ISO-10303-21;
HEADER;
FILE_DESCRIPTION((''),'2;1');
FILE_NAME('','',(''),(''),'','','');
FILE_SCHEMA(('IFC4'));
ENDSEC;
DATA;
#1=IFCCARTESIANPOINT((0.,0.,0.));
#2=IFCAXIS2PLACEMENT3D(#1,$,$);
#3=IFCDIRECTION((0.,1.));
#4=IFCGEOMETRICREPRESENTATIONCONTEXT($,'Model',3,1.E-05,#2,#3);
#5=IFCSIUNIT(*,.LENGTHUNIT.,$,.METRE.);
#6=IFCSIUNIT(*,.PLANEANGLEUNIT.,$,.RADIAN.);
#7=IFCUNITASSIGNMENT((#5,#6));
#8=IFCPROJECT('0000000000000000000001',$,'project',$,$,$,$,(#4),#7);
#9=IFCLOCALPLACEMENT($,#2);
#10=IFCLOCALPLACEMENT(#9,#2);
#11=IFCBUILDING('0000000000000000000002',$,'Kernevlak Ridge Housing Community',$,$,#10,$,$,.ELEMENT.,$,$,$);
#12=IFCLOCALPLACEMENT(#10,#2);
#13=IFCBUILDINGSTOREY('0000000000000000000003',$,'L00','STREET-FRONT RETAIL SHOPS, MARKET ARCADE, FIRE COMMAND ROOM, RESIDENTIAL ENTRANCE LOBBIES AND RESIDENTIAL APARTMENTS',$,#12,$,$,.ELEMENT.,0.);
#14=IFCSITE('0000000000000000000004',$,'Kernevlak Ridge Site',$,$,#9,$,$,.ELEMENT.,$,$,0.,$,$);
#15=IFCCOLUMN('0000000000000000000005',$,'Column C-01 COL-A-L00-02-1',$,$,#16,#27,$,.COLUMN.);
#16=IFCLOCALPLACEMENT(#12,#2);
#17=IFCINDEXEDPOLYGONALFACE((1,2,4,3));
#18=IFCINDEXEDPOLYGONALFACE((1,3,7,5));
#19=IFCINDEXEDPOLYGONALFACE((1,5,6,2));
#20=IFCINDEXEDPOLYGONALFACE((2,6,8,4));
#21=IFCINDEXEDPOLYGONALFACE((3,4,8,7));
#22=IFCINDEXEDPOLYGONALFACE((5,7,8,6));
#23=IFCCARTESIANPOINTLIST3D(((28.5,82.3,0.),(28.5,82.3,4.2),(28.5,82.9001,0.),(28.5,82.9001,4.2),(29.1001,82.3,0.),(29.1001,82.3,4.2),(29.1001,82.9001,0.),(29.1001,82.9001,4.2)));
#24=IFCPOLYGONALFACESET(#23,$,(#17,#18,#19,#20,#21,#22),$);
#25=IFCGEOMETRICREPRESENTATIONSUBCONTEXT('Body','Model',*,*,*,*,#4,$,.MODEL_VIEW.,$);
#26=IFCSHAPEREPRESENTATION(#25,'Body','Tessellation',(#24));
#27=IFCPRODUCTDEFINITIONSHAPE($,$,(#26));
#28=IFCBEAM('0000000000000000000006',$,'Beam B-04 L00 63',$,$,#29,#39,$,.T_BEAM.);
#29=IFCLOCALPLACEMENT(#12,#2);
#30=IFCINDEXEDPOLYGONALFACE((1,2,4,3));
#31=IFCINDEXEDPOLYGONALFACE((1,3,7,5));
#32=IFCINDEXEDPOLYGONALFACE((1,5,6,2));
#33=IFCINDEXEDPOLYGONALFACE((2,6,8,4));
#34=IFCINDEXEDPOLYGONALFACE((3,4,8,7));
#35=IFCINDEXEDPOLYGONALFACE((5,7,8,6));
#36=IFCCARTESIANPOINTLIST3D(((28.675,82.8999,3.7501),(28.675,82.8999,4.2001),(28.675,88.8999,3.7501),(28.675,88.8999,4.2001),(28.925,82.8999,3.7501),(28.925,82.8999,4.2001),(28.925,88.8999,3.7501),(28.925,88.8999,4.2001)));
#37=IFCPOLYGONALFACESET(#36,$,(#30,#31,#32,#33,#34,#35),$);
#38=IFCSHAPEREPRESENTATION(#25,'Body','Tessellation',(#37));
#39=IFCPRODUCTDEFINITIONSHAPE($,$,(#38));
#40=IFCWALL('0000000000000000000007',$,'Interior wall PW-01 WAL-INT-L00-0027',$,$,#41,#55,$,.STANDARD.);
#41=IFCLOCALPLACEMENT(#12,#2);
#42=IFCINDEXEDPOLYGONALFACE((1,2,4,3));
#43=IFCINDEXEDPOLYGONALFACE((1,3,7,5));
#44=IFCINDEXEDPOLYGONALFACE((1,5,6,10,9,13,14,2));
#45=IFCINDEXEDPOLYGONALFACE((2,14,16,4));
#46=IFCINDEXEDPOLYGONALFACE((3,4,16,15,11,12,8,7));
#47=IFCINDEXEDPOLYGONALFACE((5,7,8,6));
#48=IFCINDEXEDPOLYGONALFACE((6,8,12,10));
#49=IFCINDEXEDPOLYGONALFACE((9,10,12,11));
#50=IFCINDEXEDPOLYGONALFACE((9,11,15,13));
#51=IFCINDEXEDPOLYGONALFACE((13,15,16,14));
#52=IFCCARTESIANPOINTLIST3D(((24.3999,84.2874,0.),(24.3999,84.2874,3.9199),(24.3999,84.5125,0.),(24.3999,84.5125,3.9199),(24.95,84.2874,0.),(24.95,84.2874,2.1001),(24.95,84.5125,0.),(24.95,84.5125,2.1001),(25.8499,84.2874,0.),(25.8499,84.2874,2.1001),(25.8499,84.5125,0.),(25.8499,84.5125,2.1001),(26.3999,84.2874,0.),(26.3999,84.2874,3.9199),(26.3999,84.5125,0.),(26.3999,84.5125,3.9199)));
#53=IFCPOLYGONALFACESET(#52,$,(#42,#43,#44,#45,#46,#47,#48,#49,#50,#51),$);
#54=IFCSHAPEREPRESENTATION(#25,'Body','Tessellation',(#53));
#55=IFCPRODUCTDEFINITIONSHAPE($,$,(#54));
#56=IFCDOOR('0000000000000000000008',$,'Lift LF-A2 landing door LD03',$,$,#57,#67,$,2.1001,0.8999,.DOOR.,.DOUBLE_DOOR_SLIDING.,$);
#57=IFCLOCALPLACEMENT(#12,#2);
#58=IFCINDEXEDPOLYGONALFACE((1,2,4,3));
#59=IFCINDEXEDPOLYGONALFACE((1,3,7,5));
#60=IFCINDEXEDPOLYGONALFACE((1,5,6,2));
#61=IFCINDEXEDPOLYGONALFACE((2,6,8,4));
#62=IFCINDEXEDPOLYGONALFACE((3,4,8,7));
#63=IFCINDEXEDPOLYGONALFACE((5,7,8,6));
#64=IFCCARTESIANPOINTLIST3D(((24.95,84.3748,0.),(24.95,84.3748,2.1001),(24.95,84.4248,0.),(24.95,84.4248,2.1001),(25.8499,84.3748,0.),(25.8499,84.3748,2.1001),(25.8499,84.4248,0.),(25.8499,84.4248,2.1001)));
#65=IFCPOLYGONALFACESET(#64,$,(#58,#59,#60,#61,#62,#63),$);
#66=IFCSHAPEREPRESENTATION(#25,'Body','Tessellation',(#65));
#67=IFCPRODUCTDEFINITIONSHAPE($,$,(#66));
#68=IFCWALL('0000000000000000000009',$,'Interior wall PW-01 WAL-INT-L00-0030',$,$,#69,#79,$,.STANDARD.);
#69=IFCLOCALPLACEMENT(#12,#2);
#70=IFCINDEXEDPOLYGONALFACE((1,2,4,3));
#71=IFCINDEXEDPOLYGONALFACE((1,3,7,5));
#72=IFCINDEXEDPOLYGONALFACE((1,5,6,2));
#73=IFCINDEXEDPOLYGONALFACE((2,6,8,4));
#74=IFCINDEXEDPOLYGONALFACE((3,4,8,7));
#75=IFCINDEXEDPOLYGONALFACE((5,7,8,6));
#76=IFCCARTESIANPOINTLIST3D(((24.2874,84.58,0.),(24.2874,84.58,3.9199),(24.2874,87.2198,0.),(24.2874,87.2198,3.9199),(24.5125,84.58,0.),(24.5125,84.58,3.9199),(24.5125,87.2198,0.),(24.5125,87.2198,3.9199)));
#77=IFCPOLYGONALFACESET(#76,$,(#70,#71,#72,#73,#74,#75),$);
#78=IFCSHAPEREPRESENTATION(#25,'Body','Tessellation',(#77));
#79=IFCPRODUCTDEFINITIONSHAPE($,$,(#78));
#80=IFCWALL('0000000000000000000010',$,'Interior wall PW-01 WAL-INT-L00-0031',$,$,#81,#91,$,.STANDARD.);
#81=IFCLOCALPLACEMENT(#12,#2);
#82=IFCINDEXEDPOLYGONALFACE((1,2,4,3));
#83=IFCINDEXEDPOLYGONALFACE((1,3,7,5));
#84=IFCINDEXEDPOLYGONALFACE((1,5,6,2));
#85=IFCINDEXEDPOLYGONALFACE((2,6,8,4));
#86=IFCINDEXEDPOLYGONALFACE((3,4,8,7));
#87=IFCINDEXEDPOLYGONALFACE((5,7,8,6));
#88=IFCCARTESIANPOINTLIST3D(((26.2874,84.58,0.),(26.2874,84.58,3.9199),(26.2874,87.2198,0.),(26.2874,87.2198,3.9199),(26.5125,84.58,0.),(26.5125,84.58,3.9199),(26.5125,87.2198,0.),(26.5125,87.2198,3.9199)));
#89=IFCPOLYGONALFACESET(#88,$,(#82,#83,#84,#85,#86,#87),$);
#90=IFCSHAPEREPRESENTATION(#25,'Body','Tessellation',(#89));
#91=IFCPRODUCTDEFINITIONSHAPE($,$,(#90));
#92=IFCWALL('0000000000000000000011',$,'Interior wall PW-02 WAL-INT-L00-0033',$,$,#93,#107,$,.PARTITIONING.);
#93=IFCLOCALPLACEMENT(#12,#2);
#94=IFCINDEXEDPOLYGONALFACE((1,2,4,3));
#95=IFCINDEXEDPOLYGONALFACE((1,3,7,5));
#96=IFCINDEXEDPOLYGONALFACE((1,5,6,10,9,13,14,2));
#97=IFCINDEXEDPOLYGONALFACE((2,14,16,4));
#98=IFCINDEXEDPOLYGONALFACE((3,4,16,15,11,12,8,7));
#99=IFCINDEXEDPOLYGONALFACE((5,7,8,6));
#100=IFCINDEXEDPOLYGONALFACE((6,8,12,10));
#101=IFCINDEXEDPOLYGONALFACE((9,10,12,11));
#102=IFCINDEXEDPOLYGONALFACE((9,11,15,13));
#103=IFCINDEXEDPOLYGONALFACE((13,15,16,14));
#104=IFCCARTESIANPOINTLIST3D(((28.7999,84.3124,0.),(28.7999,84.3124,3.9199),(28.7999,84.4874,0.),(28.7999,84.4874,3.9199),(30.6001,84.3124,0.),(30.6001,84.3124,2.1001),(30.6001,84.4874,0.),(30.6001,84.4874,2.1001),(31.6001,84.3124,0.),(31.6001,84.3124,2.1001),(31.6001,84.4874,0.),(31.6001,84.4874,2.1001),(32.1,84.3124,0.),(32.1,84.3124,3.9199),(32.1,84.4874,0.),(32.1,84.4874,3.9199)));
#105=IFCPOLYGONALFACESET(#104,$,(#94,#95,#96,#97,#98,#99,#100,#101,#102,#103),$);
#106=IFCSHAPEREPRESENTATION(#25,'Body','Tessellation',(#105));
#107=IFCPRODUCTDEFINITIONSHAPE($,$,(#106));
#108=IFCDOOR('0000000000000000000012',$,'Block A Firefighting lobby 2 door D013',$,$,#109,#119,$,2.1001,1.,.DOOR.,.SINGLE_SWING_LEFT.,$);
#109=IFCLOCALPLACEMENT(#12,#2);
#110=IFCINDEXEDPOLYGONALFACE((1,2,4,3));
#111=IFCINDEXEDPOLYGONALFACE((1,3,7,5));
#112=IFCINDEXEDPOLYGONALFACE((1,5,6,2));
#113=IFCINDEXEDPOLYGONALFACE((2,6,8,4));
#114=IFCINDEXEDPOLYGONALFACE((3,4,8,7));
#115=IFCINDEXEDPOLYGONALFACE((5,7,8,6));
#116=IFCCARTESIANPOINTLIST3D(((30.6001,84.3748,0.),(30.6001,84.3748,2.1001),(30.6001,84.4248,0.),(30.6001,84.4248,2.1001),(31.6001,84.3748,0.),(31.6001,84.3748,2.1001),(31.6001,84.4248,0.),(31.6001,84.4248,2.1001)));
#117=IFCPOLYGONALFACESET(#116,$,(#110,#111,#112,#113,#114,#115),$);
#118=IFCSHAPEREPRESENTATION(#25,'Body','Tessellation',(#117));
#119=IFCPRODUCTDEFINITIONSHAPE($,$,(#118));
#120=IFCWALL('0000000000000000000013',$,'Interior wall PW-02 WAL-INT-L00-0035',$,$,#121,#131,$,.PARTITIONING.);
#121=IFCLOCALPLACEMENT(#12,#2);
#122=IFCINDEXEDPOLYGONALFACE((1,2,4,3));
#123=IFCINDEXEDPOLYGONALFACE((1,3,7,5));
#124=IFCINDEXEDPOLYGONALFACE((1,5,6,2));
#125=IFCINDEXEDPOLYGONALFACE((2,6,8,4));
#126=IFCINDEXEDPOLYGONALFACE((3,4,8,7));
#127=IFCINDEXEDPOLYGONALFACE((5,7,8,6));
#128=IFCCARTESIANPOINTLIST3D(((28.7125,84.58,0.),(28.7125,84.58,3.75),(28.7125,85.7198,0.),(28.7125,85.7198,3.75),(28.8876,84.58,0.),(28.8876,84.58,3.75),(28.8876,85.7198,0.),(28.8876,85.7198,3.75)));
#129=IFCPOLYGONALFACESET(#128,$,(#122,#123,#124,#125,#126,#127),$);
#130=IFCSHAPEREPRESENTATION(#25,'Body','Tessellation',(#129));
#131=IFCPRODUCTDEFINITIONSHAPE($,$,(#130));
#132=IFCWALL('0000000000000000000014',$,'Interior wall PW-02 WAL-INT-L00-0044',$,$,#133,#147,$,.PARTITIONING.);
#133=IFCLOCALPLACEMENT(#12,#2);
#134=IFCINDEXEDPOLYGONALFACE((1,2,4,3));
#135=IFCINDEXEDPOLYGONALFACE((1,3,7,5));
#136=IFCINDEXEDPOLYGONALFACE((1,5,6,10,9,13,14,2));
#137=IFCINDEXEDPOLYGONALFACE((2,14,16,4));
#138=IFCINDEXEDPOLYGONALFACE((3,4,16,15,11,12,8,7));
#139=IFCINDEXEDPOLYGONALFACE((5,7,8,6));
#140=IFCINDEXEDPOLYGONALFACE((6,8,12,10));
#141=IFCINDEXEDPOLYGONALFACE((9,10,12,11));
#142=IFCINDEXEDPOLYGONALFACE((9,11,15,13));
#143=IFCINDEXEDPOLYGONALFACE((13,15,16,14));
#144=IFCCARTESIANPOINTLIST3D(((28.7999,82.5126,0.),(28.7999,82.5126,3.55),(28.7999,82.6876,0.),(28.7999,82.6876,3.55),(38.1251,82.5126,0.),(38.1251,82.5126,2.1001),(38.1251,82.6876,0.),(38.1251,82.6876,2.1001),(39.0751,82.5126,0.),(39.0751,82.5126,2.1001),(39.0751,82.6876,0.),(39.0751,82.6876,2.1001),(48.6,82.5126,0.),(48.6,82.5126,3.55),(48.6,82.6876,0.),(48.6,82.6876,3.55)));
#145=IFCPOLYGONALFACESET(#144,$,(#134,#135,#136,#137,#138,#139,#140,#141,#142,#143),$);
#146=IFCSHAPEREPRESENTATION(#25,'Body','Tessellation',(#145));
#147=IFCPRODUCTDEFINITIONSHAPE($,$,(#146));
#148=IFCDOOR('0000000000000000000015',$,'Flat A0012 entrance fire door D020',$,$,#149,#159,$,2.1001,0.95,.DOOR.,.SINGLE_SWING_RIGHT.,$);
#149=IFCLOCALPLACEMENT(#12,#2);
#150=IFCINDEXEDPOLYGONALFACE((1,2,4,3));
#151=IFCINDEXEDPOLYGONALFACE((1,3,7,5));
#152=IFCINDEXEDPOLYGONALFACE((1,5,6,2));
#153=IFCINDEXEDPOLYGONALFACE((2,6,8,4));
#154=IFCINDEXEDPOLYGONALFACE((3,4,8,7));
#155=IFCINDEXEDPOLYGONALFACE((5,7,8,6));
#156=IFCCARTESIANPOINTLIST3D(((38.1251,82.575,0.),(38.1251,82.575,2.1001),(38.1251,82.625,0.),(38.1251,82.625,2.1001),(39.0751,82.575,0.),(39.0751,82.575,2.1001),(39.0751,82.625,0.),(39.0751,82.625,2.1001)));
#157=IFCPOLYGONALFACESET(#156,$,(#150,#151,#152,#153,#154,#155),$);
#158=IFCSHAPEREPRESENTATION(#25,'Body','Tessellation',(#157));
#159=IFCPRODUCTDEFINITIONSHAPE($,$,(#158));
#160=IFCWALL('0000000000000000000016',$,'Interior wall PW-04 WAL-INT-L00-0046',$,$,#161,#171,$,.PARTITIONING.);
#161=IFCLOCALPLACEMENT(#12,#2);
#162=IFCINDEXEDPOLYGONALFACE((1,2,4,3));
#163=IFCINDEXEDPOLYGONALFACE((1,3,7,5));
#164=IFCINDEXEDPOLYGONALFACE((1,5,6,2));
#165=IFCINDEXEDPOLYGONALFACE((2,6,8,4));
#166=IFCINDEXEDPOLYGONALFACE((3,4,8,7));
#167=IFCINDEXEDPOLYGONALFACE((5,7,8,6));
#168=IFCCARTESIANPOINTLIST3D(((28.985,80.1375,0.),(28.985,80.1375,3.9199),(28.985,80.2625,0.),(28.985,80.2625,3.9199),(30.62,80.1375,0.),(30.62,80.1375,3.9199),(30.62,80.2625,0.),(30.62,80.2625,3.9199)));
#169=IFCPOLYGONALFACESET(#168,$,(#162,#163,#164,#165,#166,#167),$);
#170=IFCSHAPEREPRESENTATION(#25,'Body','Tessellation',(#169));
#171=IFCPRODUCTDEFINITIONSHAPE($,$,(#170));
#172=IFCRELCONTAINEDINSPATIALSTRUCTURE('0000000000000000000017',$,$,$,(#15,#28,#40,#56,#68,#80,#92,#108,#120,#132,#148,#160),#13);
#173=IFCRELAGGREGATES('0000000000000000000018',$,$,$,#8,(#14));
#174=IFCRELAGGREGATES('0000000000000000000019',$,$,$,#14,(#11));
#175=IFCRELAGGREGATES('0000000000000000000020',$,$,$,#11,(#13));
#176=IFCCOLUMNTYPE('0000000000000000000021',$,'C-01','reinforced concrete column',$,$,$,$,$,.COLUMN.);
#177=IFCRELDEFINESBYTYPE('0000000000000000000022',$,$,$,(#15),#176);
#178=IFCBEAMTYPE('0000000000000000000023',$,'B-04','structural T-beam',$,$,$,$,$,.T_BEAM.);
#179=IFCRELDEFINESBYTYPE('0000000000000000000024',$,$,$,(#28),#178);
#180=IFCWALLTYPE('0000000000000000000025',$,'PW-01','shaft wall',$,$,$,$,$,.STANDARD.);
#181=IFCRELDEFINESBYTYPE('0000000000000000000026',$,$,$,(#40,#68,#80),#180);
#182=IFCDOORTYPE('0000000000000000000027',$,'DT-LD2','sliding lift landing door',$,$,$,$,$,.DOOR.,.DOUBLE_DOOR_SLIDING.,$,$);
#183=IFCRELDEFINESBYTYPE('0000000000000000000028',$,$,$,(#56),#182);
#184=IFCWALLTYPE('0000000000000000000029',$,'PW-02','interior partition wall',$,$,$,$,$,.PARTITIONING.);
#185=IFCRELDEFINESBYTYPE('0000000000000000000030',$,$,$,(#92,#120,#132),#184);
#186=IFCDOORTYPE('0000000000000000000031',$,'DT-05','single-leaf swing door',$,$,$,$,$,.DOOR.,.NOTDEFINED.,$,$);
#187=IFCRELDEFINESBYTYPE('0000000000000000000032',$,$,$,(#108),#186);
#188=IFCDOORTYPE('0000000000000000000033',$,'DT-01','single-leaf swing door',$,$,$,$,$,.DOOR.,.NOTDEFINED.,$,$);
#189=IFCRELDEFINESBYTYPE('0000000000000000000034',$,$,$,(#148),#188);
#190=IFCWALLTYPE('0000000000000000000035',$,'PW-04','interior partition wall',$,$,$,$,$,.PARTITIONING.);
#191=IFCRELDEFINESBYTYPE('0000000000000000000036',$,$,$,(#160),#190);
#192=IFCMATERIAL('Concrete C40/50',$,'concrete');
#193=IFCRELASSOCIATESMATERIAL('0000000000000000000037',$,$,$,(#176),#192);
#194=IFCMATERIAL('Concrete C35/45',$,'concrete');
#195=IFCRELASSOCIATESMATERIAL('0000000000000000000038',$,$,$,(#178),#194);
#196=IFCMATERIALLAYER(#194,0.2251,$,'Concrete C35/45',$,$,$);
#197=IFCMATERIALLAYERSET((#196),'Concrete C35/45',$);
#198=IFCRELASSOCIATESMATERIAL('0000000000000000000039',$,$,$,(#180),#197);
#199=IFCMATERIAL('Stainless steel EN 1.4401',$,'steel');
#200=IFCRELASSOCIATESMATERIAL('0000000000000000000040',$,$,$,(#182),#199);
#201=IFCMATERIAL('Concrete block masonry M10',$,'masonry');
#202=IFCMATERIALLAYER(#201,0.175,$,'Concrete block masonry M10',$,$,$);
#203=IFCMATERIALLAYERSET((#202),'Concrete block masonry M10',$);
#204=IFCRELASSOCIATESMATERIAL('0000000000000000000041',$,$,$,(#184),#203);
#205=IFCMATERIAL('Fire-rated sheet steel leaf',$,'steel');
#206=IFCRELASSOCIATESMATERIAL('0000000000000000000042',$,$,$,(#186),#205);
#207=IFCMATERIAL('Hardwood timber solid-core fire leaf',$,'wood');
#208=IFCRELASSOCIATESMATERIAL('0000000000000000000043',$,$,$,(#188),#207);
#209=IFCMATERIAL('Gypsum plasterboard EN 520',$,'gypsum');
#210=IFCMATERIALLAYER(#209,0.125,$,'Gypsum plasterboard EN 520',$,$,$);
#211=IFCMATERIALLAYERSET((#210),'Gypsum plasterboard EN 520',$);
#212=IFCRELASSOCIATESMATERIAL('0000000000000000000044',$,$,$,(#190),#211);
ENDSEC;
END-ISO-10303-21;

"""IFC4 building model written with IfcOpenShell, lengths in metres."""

from ifc_helpers import new_model, si_unit, direction, frame, frame_2d, origin, origin_2d, place, context, subcontext, project, spatial, rectangle, extrude, material, layer, layer_set, material_profile, profile_set, type_object, element, fill, save


model = new_model("IFC4")

# Units and contexts
model_context = context("Model", 3, precision=1e-05, world=origin(), true_north=direction((0.0, 1.0)))
body_context = subcontext(model_context, "Body", "Model", "MODEL_VIEW")
ifc_project = project(units=[si_unit("LENGTHUNIT", "METRE"), si_unit("PLANEANGLEUNIT", "RADIAN")], contexts=[model_context])

# Site, building, storey
site_placement = place(None, origin())
site = spatial("IfcSite", under=ifc_project, at=site_placement, Name="Kernevlak Ridge Site", CompositionType="ELEMENT", RefElevation=0.0)
building_placement = place(site_placement, origin())
building = spatial("IfcBuilding", under=site, at=building_placement, Name="Kernevlak Ridge Housing Community", CompositionType="ELEMENT")
storey_placement = place(building_placement, origin())
storey = spatial("IfcBuildingStorey", under=building, at=storey_placement, Name="L00", Description="STREET-FRONT RETAIL SHOPS, MARKET ARCADE, FIRE COMMAND ROOM, RESIDENTIAL ENTRANCE LOBBIES AND RESIDENTIAL APARTMENTS", CompositionType="ELEMENT", Elevation=0.0)

# Column
ifc_material_1 = material(Name="Concrete C40/50", Category="concrete")
ifc_material_profile_1 = material_profile(ifc_material_1, rectangle(XDim=0.6001, YDim=0.6001, at=origin_2d()), Name="RC 600x600")
ifc_profile_set_1 = profile_set([ifc_material_profile_1], Name="Concrete C40/50")
column_type = type_object("IfcColumnType", Name="C-01", Description="reinforced concrete column", PredefinedType="COLUMN", material=ifc_profile_set_1)
column_placement = place(storey_placement, frame((28.8, 82.6001, 0.0), z_axis=(0.0, 0.0, 1.0), x_axis=(1.0, 0.0, 0.0)))
element("IfcColumn", 1, at=column_placement, inside=storey, type_object=column_type, Name="Column C-01 COL-A-L00-02-1", PredefinedType="COLUMN", context=body_context, shape_type="SweptSolid", body=[
    extrude(rectangle(XDim=0.6001, YDim=0.6001, at=origin_2d()), origin(), (0.0, 0.0, 1.0), 4.2),
])

# Beam
ifc_material_2 = material(Name="Concrete C35/45", Category="concrete")
ifc_material_profile_2 = material_profile(ifc_material_2, rectangle(XDim=0.25, YDim=0.45, at=origin_2d()), Name="RC 250x450")
ifc_profile_set_2 = profile_set([ifc_material_profile_2], Name="Concrete C35/45")
beam_type = type_object("IfcBeamType", Name="B-04", Description="structural T-beam", PredefinedType="T_BEAM", material=ifc_profile_set_2)
beam_placement = place(storey_placement, frame((28.8, 82.8999, 3.9751), z_axis=(0.0, 1.0, 0.0), x_axis=(-1.0, 0.0, 0.0)))
element("IfcBeam", 2, at=beam_placement, inside=storey, type_object=beam_type, Name="Beam B-04 L00 63", PredefinedType="T_BEAM", context=body_context, shape_type="SweptSolid", body=[
    extrude(rectangle(XDim=0.25, YDim=0.45, at=origin_2d()), origin(), (0.0, 0.0, 1.0), 6.0),
])

# Wall, opening, door
ifc_layer_1 = layer(ifc_material_2, 0.2251, Name="Concrete C35/45")
ifc_layer_set_1 = layer_set([ifc_layer_1], Name="Concrete C35/45")
wall_type_1 = type_object("IfcWallType", Name="PW-01", Description="shaft wall", PredefinedType="STANDARD", material=ifc_layer_set_1)
wall_1_placement = place(storey_placement, frame((24.3999, 84.3999, 0.0), z_axis=(0.0, 0.0, 1.0), x_axis=(1.0, 0.0, 0.0)))
wall_1 = element("IfcWall", 3, at=wall_1_placement, inside=storey, type_object=wall_type_1, Name="Interior wall PW-01 WAL-INT-L00-0027", PredefinedType="STANDARD", context=body_context, shape_type="SweptSolid", body=[
    extrude(rectangle(XDim=2.0, YDim=0.2251, at=frame_2d((1.0, 0.0))), origin(), (0.0, 0.0, 1.0), 3.9199),
])
opening_1_placement = place(wall_1_placement, frame((0.55, 0.0, 0.0)))
opening_1 = element("IfcOpeningElement", 4, at=opening_1_placement, cuts=wall_1, PredefinedType="OPENING", context=body_context, shape_type="SweptSolid", body=[
    extrude(rectangle(XDim=0.8999, YDim=2.1001, at=frame_2d((0.45, 1.05))), frame((0.0, 0.1226, 0.0), z_axis=(0.0, -1.0, 0.0), x_axis=(1.0, 0.0, 0.0)), (0.0, 0.0, 1.0), 0.2451),
])
ifc_material_3 = material(Name="Stainless steel EN 1.4401", Category="steel")
door_type_1 = type_object("IfcDoorType", Name="DT-LD2", Description="sliding lift landing door", OperationType="DOUBLE_DOOR_SLIDING", PredefinedType="DOOR", material=ifc_material_3)
door_1_placement = place(opening_1_placement, origin())
door_1 = element("IfcDoor", 5, at=door_1_placement, inside=storey, type_object=door_type_1, Name="Lift LF-A2 landing door LD03", OperationType="DOUBLE_DOOR_SLIDING", OverallHeight=2.1001, OverallWidth=0.8999, PredefinedType="DOOR", context=body_context, shape_type="SweptSolid", body=[
    extrude(rectangle(XDim=0.8999, YDim=2.1001, at=frame_2d((0.45, 1.05))), frame((0.0, 0.0249, 0.0), z_axis=(0.0, -1.0, 0.0), x_axis=(1.0, 0.0, 0.0)), (0.0, 0.0, 1.0), 0.05),
])
fill(opening_1, door_1)

# Walls
for number, where, z_axis, x_axis, name in (
    (6, (24.3999, 84.5801, 0.0), (0.0, 0.0, 1.0), (0.0, 1.0, 0.0), "Interior wall PW-01 WAL-INT-L00-0030"),
    (7, (26.3999, 84.5801, 0.0), (0.0, 0.0, 1.0), (0.0, 1.0, 0.0), "Interior wall PW-01 WAL-INT-L00-0031"),
):
    element("IfcWall", number, at=place(storey_placement, frame(where, z_axis=z_axis, x_axis=x_axis)), inside=storey, type_object=wall_type_1, Name=name, PredefinedType="STANDARD", context=body_context, shape_type="SweptSolid", body=[
        extrude(rectangle(XDim=2.6399, YDim=0.2251, at=frame_2d((1.3198, 0.0))), origin(), (0.0, 0.0, 1.0), 3.9199),
    ])

# Wall, opening, door
ifc_material_4 = material(Name="Fire-rated sheet steel leaf", Category="steel")
ifc_material_5 = material(Name="Concrete block masonry M10", Category="masonry")
ifc_layer_2 = layer(ifc_material_5, 0.175, Name="Concrete block masonry M10")
ifc_layer_set_2 = layer_set([ifc_layer_2], Name="Concrete block masonry M10")
wall_type_2 = type_object("IfcWallType", Name="PW-02", Description="interior partition wall", PredefinedType="PARTITIONING", material=ifc_layer_set_2)
wall_2_placement = place(storey_placement, frame((28.8, 84.3999, 0.0), z_axis=(0.0, 0.0, 1.0), x_axis=(1.0, 0.0, 0.0)))
wall_2 = element("IfcWall", 8, at=wall_2_placement, inside=storey, type_object=wall_type_2, Name="Interior wall PW-02 WAL-INT-L00-0033", PredefinedType="PARTITIONING", context=body_context, shape_type="SweptSolid", body=[
    extrude(rectangle(XDim=3.3, YDim=0.175, at=frame_2d((1.6499, 0.0))), origin(), (0.0, 0.0, 1.0), 3.9199),
])
opening_2_placement = place(wall_2_placement, frame((1.8, 0.0, 0.0)))
opening_2 = element("IfcOpeningElement", 9, at=opening_2_placement, cuts=wall_2, PredefinedType="OPENING", context=body_context, shape_type="SweptSolid", body=[
    extrude(rectangle(XDim=1.0, YDim=2.1001, at=frame_2d((0.5, 1.05))), frame((0.0, 0.0974, 0.0), z_axis=(0.0, -1.0, 0.0), x_axis=(1.0, 0.0, 0.0)), (0.0, 0.0, 1.0), 0.1951),
])
door_type_2 = type_object("IfcDoorType", Name="DT-05", Description="single-leaf swing door", OperationType="NOTDEFINED", PredefinedType="DOOR", material=ifc_material_4)
door_2_placement = place(opening_2_placement, origin())
door_2 = element("IfcDoor", 10, at=door_2_placement, inside=storey, type_object=door_type_2, Name="Block A Firefighting lobby 2 door D013", OperationType="SINGLE_SWING_LEFT", OverallHeight=2.1001, OverallWidth=1.0, PredefinedType="DOOR", context=body_context, shape_type="SweptSolid", body=[
    extrude(rectangle(XDim=1.0, YDim=2.1001, at=frame_2d((0.5, 1.05))), frame((0.0, 0.0249, 0.0), z_axis=(0.0, -1.0, 0.0), x_axis=(1.0, 0.0, 0.0)), (0.0, 0.0, 1.0), 0.05),
])
fill(opening_2, door_2)

# Wall
wall_3_placement = place(storey_placement, frame((28.8, 84.5801, 0.0), z_axis=(0.0, 0.0, 1.0), x_axis=(0.0, 1.0, 0.0)))
element("IfcWall", 11, at=wall_3_placement, inside=storey, type_object=wall_type_2, Name="Interior wall PW-02 WAL-INT-L00-0035", PredefinedType="PARTITIONING", context=body_context, shape_type="SweptSolid", body=[
    extrude(rectangle(XDim=1.1399, YDim=0.175, at=frame_2d((0.5698, 0.0))), origin(), (0.0, 0.0, 1.0), 3.75),
])

# Wall, opening, door
wall_4_placement = place(storey_placement, frame((28.8, 82.6001, 0.0), z_axis=(0.0, 0.0, 1.0), x_axis=(1.0, 0.0, 0.0)))
wall_4 = element("IfcWall", 12, at=wall_4_placement, inside=storey, type_object=wall_type_2, Name="Interior wall PW-02 WAL-INT-L00-0044", PredefinedType="PARTITIONING", context=body_context, shape_type="SweptSolid", body=[
    extrude(rectangle(XDim=19.8, YDim=0.175, at=frame_2d((9.8999, 0.0))), origin(), (0.0, 0.0, 1.0), 3.55),
])
opening_3_placement = place(wall_4_placement, frame((9.325, 0.0, 0.0)))
opening_3 = element("IfcOpeningElement", 13, at=opening_3_placement, cuts=wall_4, PredefinedType="OPENING", context=body_context, shape_type="SweptSolid", body=[
    extrude(rectangle(XDim=0.95, YDim=2.1001, at=frame_2d((0.4751, 1.05))), frame((0.0, 0.0974, 0.0), z_axis=(0.0, -1.0, 0.0), x_axis=(1.0, 0.0, 0.0)), (0.0, 0.0, 1.0), 0.1951),
])
ifc_material_6 = material(Name="Hardwood timber solid-core fire leaf", Category="wood")
door_type_3 = type_object("IfcDoorType", Name="DT-01", Description="single-leaf swing door", OperationType="NOTDEFINED", PredefinedType="DOOR", material=ifc_material_6)
door_3_placement = place(opening_3_placement, origin())
door_3 = element("IfcDoor", 14, at=door_3_placement, inside=storey, type_object=door_type_3, Name="Flat A0012 entrance fire door D020", OperationType="SINGLE_SWING_RIGHT", OverallHeight=2.1001, OverallWidth=0.95, PredefinedType="DOOR", context=body_context, shape_type="SweptSolid", body=[
    extrude(rectangle(XDim=0.95, YDim=2.1001, at=frame_2d((0.4751, 1.05))), frame((0.0, 0.0249, 0.0), z_axis=(0.0, -1.0, 0.0), x_axis=(1.0, 0.0, 0.0)), (0.0, 0.0, 1.0), 0.05),
])
fill(opening_3, door_3)

# Wall
ifc_material_7 = material(Name="Gypsum plasterboard EN 520", Category="gypsum")
ifc_layer_3 = layer(ifc_material_7, 0.125, Name="Gypsum plasterboard EN 520")
ifc_layer_set_3 = layer_set([ifc_layer_3], Name="Gypsum plasterboard EN 520")
wall_type_3 = type_object("IfcWallType", Name="PW-04", Description="interior partition wall", PredefinedType="PARTITIONING", material=ifc_layer_set_3)
wall_5_placement = place(storey_placement, frame((28.9851, 80.2, 0.0), z_axis=(0.0, 0.0, 1.0), x_axis=(1.0, 0.0, 0.0)))
element("IfcWall", 15, at=wall_5_placement, inside=storey, type_object=wall_type_3, Name="Interior wall PW-04 WAL-INT-L00-0046", PredefinedType="PARTITIONING", context=body_context, shape_type="SweptSolid", body=[
    extrude(rectangle(XDim=1.635, YDim=0.125, at=frame_2d((0.8174, 0.0))), origin(), (0.0, 0.0, 1.0), 3.9199),
])

save(model, "model.ifc")
